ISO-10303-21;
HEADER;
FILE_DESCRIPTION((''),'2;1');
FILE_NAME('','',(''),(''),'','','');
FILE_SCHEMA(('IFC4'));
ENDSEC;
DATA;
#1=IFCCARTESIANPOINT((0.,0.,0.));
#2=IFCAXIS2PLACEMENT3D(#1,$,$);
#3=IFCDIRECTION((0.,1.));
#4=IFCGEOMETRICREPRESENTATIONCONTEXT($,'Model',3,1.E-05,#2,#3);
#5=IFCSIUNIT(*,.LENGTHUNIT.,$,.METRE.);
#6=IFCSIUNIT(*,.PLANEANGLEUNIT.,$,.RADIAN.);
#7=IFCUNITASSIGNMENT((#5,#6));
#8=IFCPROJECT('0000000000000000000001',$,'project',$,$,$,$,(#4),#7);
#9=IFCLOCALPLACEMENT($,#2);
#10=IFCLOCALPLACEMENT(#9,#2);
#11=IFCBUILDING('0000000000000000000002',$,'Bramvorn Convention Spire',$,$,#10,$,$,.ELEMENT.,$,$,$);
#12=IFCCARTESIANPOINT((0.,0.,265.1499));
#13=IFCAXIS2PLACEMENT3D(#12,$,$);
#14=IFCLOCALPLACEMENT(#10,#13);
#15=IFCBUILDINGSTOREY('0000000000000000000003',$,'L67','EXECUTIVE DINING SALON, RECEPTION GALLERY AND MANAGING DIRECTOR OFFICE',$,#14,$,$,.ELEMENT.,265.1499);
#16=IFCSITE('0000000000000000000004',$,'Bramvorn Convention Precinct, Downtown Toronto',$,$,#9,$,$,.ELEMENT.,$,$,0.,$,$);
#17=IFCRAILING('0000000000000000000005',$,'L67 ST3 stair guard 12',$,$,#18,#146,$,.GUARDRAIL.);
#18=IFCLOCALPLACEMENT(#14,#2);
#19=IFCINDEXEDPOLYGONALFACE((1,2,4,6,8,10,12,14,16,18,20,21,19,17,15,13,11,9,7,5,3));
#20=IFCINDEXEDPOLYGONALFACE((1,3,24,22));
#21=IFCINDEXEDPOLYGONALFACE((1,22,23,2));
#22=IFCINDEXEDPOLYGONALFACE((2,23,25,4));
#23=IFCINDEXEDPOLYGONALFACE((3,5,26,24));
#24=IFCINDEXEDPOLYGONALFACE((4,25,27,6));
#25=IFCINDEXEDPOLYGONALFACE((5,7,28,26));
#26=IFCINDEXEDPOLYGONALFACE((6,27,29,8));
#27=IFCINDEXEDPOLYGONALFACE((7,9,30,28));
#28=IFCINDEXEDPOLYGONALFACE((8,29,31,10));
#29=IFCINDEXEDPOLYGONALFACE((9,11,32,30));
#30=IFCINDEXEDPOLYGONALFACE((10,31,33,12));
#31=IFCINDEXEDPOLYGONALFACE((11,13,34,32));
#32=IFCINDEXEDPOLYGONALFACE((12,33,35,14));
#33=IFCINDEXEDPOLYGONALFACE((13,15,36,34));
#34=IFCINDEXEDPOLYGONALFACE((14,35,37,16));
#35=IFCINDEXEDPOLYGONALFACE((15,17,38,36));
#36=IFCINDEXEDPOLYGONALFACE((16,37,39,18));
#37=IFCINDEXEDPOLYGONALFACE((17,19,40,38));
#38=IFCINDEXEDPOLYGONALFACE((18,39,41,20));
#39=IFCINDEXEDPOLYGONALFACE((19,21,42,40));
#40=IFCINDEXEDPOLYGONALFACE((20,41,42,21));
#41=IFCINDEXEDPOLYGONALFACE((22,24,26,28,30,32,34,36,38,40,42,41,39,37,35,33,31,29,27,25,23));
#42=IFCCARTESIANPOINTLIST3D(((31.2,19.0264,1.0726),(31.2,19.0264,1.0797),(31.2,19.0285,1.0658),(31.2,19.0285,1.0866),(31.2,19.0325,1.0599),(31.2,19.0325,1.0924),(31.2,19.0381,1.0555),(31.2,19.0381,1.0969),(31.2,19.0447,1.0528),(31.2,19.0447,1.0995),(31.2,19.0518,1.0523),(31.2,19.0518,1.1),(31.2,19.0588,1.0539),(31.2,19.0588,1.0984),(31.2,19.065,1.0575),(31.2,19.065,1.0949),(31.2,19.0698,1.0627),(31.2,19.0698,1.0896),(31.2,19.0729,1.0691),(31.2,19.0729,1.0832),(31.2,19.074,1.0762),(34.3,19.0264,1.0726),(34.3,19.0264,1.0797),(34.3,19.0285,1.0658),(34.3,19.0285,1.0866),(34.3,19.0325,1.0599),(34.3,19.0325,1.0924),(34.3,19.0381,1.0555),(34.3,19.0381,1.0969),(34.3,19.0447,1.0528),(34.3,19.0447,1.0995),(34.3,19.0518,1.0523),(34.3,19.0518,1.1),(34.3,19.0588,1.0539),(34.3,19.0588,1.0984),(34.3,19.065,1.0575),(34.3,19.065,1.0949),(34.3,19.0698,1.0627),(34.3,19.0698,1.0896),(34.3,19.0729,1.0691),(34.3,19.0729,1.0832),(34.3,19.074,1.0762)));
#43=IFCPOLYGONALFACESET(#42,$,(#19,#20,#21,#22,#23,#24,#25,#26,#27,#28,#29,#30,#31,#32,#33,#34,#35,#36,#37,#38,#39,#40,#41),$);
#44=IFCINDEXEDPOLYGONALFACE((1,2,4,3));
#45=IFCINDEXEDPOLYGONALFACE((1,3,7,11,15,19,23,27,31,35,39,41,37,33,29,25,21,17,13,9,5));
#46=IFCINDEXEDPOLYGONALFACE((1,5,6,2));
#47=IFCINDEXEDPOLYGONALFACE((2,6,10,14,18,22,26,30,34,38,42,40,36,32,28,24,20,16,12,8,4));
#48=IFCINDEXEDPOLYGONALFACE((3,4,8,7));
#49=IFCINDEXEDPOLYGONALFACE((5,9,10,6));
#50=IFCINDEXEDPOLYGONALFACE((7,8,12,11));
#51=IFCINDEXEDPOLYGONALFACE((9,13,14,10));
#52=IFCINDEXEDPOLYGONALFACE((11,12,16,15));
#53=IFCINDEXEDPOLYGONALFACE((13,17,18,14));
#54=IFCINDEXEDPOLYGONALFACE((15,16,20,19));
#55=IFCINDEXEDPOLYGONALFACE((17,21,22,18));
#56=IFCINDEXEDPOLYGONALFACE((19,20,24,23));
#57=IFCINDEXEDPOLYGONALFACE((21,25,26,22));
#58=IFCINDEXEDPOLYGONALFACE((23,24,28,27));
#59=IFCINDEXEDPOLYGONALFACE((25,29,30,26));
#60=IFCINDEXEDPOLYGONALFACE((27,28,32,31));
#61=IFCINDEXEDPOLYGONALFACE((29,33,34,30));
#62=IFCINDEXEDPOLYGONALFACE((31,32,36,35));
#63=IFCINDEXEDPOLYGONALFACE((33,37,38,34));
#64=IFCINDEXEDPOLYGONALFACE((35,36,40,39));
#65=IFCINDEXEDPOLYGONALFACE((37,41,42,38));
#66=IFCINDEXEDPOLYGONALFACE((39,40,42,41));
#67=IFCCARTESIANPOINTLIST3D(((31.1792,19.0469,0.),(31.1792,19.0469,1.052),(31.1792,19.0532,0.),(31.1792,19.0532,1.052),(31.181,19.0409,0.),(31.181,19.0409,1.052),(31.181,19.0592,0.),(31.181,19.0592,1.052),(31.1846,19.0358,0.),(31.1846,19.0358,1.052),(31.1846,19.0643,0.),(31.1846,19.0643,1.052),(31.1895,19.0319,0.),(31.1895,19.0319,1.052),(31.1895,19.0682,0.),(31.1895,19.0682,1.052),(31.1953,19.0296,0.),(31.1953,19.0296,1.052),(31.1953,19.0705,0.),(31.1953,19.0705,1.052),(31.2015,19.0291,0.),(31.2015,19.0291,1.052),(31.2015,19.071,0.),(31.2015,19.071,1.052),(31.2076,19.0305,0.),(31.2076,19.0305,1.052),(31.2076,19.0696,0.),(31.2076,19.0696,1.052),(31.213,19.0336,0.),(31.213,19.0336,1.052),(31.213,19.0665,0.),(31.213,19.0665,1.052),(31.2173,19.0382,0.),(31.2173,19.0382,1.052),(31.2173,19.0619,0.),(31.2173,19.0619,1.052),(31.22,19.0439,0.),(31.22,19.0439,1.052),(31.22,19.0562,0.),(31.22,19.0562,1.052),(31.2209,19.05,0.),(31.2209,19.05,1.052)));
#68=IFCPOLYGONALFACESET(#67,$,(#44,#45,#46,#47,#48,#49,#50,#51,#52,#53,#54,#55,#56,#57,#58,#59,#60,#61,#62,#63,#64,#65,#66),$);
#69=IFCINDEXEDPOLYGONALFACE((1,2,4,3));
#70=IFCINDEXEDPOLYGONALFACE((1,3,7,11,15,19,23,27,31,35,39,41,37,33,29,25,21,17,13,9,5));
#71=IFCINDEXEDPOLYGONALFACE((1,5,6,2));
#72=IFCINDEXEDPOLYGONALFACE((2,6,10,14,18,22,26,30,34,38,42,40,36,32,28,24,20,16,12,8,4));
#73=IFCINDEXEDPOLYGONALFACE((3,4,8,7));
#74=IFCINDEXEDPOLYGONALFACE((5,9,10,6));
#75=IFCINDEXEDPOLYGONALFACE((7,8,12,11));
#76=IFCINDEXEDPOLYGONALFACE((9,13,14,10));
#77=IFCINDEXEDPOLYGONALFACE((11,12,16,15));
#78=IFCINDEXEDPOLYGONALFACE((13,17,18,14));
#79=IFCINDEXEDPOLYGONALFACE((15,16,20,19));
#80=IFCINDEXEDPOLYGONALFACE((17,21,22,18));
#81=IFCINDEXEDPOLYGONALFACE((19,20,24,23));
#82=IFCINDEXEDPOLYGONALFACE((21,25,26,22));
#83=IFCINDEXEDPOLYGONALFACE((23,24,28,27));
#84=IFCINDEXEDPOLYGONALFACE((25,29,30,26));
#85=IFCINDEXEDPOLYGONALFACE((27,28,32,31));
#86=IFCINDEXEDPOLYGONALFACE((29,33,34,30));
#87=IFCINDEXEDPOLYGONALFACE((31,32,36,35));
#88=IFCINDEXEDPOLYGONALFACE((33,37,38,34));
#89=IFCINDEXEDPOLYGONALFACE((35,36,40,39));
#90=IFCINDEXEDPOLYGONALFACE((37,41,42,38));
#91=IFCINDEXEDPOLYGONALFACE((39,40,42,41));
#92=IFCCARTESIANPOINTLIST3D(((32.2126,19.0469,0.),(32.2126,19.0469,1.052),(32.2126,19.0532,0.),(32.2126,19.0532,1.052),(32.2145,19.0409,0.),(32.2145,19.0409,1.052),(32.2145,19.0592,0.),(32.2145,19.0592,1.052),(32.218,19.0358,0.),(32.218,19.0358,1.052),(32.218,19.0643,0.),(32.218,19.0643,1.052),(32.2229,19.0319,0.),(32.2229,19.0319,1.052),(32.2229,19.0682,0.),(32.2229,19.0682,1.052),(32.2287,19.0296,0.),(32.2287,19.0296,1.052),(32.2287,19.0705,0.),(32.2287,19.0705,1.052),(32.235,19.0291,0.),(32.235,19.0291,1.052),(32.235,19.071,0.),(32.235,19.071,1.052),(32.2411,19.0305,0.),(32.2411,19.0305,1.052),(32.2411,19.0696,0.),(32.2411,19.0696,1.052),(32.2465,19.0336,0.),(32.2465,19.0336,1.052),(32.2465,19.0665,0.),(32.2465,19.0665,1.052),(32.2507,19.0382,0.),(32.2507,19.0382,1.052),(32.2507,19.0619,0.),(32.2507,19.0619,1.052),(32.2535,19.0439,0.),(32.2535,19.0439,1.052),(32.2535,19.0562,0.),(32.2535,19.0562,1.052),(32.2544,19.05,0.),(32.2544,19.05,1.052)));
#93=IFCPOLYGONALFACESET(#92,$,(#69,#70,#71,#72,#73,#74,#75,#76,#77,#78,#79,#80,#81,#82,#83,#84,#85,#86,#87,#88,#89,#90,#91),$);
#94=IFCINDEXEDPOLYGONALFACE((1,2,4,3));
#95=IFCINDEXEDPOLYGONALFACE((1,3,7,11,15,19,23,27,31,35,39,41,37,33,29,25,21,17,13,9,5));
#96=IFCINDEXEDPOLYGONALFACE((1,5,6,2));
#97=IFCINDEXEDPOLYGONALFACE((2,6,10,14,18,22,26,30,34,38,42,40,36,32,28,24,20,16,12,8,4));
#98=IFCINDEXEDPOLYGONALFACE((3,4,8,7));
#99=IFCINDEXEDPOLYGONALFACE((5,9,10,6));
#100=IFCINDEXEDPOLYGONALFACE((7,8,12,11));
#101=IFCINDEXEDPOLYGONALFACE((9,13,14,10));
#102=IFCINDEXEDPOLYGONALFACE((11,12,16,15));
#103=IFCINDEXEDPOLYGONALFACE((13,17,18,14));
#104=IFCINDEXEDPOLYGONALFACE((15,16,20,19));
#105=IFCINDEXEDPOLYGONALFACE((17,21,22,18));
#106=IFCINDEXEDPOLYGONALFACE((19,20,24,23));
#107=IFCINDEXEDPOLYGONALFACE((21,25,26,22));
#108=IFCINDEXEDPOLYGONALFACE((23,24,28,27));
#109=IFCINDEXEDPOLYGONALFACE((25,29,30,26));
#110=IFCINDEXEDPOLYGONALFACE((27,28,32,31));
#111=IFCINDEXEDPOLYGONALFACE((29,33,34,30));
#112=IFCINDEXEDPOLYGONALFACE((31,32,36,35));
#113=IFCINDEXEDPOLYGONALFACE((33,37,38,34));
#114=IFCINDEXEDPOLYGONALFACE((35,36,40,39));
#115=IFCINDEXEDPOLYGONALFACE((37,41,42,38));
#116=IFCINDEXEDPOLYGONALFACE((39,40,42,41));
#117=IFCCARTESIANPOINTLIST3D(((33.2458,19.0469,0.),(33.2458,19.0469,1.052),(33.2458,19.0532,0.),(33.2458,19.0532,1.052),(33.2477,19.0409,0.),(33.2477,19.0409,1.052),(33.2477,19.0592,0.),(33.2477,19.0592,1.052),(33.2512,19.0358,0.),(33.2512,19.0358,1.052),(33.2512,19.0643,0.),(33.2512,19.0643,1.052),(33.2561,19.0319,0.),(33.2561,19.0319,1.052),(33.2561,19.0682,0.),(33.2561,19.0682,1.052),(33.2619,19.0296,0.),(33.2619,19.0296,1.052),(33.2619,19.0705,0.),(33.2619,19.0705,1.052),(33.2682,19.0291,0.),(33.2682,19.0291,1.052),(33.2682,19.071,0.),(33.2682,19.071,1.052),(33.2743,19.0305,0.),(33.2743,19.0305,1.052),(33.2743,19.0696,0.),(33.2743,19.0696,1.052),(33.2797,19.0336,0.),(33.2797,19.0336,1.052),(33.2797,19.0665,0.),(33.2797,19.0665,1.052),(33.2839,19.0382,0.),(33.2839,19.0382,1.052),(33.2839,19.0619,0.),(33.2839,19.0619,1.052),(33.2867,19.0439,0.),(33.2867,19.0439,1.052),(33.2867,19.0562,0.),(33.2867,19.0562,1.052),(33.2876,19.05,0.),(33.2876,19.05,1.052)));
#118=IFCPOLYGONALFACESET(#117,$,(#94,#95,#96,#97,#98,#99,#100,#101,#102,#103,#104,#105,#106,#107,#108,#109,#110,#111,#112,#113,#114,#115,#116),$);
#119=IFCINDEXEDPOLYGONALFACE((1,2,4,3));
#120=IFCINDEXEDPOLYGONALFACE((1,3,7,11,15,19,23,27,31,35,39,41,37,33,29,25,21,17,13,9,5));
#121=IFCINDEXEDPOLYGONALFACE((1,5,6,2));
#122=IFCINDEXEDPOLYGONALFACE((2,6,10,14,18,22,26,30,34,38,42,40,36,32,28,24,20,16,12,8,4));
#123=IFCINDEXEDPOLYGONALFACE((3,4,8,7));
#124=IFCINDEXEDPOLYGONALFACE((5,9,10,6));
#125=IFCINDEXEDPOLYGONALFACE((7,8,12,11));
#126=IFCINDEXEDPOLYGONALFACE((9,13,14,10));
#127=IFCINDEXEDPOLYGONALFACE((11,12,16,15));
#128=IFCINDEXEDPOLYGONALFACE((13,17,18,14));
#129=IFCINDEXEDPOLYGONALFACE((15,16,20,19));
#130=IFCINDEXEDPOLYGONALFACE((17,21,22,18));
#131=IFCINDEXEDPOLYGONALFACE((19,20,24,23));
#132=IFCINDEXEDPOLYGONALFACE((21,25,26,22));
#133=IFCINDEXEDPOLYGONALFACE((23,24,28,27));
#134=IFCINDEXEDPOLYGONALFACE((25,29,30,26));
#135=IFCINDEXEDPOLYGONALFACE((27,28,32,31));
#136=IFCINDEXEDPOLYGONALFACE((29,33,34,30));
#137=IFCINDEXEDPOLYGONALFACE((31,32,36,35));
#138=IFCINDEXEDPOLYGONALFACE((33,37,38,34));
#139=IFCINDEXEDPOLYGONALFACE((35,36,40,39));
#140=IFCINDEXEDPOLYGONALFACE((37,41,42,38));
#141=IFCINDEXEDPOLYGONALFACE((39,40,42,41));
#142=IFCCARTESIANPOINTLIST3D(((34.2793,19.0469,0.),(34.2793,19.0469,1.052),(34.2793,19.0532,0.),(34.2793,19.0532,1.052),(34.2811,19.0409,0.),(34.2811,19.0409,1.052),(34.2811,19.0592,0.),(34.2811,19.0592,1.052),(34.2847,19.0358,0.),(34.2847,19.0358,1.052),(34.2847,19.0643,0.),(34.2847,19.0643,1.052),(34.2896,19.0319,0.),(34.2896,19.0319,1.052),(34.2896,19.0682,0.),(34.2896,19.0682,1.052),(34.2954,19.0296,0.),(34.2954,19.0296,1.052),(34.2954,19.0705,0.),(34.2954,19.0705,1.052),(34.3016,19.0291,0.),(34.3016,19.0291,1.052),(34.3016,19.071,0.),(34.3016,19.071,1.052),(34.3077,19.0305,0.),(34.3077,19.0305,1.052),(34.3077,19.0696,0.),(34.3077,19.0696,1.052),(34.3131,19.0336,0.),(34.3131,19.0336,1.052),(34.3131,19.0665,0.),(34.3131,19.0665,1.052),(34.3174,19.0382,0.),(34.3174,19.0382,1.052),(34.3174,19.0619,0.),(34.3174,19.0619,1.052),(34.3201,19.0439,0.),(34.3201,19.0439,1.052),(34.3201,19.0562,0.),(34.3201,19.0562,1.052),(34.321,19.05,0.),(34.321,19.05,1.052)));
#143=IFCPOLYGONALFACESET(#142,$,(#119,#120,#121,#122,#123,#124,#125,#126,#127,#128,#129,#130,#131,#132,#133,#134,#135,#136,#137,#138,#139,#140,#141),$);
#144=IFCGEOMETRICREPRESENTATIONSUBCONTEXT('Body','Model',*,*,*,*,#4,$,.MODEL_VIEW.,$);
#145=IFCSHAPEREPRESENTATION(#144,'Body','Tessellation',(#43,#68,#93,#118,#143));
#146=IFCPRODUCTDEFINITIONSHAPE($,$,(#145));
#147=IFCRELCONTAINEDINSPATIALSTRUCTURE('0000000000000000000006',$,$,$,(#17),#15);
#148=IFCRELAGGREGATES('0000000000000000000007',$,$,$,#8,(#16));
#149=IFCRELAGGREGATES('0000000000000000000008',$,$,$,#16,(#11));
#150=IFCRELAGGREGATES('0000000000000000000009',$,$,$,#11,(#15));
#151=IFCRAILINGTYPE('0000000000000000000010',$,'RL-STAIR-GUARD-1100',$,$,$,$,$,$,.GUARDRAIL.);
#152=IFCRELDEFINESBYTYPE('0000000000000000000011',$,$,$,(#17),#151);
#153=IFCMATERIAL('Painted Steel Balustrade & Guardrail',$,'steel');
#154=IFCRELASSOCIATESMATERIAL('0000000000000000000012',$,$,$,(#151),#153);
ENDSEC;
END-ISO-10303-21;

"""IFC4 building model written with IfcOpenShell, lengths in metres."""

from ifc_helpers import new_model, si_unit, direction, frame, origin, origin_2d, place, context, subcontext, project, spatial, circle, extrude, material, type_object, element, save


model = new_model("IFC4")

# Units and contexts
model_context = context("Model", 3, precision=1e-05, world=origin(), true_north=direction((0.0, 1.0)))
body_context = subcontext(model_context, "Body", "Model", "MODEL_VIEW")
ifc_project = project(units=[si_unit("LENGTHUNIT", "METRE"), si_unit("PLANEANGLEUNIT", "RADIAN")], contexts=[model_context])

# Site, building, storey
site_placement = place(None, origin())
site = spatial("IfcSite", under=ifc_project, at=site_placement, Name="Bramvorn Convention Precinct, Downtown Toronto", CompositionType="ELEMENT", RefElevation=0.0)
building_placement = place(site_placement, origin())
building = spatial("IfcBuilding", under=site, at=building_placement, Name="Bramvorn Convention Spire", CompositionType="ELEMENT")
storey_placement = place(building_placement, frame((0.0, 0.0, 265.1499)))
storey = spatial("IfcBuildingStorey", under=building, at=storey_placement, Name="L67", Description="EXECUTIVE DINING SALON, RECEPTION GALLERY AND MANAGING DIRECTOR OFFICE", CompositionType="ELEMENT", Elevation=265.1499)

# Railing
ifc_material_1 = material(Name="Painted Steel Balustrade & Guardrail", Category="steel")
railing_type_1 = type_object("IfcRailingType", Name="RL-STAIR-GUARD-1100", PredefinedType="GUARDRAIL", material=ifc_material_1)
railing_1_placement = place(storey_placement, frame((31.2, 19.05, 0.0)))
element("IfcRailing", 1, at=railing_1_placement, inside=storey, type_object=railing_type_1, Name="L67 ST3 stair guard 12", PredefinedType="GUARDRAIL", context=body_context, shape_type="SweptSolid", body=[
    extrude(circle(Radius=0.0239, at=origin_2d()), frame((0.0, 0.0, 1.0762), z_axis=(1.0, 0.0, 0.0), x_axis=(0.0, 1.0, 0.0)), (0.0, 0.0, 1.0), 3.1001),
    extrude(circle(Radius=0.021, at=origin_2d()), origin(), (0.0, 0.0, 1.0), 1.052),
    extrude(circle(Radius=0.021, at=origin_2d()), frame((1.0334, 0.0, 0.0)), (0.0, 0.0, 1.0), 1.052),
    extrude(circle(Radius=0.021, at=origin_2d()), frame((2.0667, 0.0, 0.0)), (0.0, 0.0, 1.0), 1.052),
    extrude(circle(Radius=0.021, at=origin_2d()), frame((3.1001, 0.0, 0.0)), (0.0, 0.0, 1.0), 1.052),
])

save(model, "model.ifc")
